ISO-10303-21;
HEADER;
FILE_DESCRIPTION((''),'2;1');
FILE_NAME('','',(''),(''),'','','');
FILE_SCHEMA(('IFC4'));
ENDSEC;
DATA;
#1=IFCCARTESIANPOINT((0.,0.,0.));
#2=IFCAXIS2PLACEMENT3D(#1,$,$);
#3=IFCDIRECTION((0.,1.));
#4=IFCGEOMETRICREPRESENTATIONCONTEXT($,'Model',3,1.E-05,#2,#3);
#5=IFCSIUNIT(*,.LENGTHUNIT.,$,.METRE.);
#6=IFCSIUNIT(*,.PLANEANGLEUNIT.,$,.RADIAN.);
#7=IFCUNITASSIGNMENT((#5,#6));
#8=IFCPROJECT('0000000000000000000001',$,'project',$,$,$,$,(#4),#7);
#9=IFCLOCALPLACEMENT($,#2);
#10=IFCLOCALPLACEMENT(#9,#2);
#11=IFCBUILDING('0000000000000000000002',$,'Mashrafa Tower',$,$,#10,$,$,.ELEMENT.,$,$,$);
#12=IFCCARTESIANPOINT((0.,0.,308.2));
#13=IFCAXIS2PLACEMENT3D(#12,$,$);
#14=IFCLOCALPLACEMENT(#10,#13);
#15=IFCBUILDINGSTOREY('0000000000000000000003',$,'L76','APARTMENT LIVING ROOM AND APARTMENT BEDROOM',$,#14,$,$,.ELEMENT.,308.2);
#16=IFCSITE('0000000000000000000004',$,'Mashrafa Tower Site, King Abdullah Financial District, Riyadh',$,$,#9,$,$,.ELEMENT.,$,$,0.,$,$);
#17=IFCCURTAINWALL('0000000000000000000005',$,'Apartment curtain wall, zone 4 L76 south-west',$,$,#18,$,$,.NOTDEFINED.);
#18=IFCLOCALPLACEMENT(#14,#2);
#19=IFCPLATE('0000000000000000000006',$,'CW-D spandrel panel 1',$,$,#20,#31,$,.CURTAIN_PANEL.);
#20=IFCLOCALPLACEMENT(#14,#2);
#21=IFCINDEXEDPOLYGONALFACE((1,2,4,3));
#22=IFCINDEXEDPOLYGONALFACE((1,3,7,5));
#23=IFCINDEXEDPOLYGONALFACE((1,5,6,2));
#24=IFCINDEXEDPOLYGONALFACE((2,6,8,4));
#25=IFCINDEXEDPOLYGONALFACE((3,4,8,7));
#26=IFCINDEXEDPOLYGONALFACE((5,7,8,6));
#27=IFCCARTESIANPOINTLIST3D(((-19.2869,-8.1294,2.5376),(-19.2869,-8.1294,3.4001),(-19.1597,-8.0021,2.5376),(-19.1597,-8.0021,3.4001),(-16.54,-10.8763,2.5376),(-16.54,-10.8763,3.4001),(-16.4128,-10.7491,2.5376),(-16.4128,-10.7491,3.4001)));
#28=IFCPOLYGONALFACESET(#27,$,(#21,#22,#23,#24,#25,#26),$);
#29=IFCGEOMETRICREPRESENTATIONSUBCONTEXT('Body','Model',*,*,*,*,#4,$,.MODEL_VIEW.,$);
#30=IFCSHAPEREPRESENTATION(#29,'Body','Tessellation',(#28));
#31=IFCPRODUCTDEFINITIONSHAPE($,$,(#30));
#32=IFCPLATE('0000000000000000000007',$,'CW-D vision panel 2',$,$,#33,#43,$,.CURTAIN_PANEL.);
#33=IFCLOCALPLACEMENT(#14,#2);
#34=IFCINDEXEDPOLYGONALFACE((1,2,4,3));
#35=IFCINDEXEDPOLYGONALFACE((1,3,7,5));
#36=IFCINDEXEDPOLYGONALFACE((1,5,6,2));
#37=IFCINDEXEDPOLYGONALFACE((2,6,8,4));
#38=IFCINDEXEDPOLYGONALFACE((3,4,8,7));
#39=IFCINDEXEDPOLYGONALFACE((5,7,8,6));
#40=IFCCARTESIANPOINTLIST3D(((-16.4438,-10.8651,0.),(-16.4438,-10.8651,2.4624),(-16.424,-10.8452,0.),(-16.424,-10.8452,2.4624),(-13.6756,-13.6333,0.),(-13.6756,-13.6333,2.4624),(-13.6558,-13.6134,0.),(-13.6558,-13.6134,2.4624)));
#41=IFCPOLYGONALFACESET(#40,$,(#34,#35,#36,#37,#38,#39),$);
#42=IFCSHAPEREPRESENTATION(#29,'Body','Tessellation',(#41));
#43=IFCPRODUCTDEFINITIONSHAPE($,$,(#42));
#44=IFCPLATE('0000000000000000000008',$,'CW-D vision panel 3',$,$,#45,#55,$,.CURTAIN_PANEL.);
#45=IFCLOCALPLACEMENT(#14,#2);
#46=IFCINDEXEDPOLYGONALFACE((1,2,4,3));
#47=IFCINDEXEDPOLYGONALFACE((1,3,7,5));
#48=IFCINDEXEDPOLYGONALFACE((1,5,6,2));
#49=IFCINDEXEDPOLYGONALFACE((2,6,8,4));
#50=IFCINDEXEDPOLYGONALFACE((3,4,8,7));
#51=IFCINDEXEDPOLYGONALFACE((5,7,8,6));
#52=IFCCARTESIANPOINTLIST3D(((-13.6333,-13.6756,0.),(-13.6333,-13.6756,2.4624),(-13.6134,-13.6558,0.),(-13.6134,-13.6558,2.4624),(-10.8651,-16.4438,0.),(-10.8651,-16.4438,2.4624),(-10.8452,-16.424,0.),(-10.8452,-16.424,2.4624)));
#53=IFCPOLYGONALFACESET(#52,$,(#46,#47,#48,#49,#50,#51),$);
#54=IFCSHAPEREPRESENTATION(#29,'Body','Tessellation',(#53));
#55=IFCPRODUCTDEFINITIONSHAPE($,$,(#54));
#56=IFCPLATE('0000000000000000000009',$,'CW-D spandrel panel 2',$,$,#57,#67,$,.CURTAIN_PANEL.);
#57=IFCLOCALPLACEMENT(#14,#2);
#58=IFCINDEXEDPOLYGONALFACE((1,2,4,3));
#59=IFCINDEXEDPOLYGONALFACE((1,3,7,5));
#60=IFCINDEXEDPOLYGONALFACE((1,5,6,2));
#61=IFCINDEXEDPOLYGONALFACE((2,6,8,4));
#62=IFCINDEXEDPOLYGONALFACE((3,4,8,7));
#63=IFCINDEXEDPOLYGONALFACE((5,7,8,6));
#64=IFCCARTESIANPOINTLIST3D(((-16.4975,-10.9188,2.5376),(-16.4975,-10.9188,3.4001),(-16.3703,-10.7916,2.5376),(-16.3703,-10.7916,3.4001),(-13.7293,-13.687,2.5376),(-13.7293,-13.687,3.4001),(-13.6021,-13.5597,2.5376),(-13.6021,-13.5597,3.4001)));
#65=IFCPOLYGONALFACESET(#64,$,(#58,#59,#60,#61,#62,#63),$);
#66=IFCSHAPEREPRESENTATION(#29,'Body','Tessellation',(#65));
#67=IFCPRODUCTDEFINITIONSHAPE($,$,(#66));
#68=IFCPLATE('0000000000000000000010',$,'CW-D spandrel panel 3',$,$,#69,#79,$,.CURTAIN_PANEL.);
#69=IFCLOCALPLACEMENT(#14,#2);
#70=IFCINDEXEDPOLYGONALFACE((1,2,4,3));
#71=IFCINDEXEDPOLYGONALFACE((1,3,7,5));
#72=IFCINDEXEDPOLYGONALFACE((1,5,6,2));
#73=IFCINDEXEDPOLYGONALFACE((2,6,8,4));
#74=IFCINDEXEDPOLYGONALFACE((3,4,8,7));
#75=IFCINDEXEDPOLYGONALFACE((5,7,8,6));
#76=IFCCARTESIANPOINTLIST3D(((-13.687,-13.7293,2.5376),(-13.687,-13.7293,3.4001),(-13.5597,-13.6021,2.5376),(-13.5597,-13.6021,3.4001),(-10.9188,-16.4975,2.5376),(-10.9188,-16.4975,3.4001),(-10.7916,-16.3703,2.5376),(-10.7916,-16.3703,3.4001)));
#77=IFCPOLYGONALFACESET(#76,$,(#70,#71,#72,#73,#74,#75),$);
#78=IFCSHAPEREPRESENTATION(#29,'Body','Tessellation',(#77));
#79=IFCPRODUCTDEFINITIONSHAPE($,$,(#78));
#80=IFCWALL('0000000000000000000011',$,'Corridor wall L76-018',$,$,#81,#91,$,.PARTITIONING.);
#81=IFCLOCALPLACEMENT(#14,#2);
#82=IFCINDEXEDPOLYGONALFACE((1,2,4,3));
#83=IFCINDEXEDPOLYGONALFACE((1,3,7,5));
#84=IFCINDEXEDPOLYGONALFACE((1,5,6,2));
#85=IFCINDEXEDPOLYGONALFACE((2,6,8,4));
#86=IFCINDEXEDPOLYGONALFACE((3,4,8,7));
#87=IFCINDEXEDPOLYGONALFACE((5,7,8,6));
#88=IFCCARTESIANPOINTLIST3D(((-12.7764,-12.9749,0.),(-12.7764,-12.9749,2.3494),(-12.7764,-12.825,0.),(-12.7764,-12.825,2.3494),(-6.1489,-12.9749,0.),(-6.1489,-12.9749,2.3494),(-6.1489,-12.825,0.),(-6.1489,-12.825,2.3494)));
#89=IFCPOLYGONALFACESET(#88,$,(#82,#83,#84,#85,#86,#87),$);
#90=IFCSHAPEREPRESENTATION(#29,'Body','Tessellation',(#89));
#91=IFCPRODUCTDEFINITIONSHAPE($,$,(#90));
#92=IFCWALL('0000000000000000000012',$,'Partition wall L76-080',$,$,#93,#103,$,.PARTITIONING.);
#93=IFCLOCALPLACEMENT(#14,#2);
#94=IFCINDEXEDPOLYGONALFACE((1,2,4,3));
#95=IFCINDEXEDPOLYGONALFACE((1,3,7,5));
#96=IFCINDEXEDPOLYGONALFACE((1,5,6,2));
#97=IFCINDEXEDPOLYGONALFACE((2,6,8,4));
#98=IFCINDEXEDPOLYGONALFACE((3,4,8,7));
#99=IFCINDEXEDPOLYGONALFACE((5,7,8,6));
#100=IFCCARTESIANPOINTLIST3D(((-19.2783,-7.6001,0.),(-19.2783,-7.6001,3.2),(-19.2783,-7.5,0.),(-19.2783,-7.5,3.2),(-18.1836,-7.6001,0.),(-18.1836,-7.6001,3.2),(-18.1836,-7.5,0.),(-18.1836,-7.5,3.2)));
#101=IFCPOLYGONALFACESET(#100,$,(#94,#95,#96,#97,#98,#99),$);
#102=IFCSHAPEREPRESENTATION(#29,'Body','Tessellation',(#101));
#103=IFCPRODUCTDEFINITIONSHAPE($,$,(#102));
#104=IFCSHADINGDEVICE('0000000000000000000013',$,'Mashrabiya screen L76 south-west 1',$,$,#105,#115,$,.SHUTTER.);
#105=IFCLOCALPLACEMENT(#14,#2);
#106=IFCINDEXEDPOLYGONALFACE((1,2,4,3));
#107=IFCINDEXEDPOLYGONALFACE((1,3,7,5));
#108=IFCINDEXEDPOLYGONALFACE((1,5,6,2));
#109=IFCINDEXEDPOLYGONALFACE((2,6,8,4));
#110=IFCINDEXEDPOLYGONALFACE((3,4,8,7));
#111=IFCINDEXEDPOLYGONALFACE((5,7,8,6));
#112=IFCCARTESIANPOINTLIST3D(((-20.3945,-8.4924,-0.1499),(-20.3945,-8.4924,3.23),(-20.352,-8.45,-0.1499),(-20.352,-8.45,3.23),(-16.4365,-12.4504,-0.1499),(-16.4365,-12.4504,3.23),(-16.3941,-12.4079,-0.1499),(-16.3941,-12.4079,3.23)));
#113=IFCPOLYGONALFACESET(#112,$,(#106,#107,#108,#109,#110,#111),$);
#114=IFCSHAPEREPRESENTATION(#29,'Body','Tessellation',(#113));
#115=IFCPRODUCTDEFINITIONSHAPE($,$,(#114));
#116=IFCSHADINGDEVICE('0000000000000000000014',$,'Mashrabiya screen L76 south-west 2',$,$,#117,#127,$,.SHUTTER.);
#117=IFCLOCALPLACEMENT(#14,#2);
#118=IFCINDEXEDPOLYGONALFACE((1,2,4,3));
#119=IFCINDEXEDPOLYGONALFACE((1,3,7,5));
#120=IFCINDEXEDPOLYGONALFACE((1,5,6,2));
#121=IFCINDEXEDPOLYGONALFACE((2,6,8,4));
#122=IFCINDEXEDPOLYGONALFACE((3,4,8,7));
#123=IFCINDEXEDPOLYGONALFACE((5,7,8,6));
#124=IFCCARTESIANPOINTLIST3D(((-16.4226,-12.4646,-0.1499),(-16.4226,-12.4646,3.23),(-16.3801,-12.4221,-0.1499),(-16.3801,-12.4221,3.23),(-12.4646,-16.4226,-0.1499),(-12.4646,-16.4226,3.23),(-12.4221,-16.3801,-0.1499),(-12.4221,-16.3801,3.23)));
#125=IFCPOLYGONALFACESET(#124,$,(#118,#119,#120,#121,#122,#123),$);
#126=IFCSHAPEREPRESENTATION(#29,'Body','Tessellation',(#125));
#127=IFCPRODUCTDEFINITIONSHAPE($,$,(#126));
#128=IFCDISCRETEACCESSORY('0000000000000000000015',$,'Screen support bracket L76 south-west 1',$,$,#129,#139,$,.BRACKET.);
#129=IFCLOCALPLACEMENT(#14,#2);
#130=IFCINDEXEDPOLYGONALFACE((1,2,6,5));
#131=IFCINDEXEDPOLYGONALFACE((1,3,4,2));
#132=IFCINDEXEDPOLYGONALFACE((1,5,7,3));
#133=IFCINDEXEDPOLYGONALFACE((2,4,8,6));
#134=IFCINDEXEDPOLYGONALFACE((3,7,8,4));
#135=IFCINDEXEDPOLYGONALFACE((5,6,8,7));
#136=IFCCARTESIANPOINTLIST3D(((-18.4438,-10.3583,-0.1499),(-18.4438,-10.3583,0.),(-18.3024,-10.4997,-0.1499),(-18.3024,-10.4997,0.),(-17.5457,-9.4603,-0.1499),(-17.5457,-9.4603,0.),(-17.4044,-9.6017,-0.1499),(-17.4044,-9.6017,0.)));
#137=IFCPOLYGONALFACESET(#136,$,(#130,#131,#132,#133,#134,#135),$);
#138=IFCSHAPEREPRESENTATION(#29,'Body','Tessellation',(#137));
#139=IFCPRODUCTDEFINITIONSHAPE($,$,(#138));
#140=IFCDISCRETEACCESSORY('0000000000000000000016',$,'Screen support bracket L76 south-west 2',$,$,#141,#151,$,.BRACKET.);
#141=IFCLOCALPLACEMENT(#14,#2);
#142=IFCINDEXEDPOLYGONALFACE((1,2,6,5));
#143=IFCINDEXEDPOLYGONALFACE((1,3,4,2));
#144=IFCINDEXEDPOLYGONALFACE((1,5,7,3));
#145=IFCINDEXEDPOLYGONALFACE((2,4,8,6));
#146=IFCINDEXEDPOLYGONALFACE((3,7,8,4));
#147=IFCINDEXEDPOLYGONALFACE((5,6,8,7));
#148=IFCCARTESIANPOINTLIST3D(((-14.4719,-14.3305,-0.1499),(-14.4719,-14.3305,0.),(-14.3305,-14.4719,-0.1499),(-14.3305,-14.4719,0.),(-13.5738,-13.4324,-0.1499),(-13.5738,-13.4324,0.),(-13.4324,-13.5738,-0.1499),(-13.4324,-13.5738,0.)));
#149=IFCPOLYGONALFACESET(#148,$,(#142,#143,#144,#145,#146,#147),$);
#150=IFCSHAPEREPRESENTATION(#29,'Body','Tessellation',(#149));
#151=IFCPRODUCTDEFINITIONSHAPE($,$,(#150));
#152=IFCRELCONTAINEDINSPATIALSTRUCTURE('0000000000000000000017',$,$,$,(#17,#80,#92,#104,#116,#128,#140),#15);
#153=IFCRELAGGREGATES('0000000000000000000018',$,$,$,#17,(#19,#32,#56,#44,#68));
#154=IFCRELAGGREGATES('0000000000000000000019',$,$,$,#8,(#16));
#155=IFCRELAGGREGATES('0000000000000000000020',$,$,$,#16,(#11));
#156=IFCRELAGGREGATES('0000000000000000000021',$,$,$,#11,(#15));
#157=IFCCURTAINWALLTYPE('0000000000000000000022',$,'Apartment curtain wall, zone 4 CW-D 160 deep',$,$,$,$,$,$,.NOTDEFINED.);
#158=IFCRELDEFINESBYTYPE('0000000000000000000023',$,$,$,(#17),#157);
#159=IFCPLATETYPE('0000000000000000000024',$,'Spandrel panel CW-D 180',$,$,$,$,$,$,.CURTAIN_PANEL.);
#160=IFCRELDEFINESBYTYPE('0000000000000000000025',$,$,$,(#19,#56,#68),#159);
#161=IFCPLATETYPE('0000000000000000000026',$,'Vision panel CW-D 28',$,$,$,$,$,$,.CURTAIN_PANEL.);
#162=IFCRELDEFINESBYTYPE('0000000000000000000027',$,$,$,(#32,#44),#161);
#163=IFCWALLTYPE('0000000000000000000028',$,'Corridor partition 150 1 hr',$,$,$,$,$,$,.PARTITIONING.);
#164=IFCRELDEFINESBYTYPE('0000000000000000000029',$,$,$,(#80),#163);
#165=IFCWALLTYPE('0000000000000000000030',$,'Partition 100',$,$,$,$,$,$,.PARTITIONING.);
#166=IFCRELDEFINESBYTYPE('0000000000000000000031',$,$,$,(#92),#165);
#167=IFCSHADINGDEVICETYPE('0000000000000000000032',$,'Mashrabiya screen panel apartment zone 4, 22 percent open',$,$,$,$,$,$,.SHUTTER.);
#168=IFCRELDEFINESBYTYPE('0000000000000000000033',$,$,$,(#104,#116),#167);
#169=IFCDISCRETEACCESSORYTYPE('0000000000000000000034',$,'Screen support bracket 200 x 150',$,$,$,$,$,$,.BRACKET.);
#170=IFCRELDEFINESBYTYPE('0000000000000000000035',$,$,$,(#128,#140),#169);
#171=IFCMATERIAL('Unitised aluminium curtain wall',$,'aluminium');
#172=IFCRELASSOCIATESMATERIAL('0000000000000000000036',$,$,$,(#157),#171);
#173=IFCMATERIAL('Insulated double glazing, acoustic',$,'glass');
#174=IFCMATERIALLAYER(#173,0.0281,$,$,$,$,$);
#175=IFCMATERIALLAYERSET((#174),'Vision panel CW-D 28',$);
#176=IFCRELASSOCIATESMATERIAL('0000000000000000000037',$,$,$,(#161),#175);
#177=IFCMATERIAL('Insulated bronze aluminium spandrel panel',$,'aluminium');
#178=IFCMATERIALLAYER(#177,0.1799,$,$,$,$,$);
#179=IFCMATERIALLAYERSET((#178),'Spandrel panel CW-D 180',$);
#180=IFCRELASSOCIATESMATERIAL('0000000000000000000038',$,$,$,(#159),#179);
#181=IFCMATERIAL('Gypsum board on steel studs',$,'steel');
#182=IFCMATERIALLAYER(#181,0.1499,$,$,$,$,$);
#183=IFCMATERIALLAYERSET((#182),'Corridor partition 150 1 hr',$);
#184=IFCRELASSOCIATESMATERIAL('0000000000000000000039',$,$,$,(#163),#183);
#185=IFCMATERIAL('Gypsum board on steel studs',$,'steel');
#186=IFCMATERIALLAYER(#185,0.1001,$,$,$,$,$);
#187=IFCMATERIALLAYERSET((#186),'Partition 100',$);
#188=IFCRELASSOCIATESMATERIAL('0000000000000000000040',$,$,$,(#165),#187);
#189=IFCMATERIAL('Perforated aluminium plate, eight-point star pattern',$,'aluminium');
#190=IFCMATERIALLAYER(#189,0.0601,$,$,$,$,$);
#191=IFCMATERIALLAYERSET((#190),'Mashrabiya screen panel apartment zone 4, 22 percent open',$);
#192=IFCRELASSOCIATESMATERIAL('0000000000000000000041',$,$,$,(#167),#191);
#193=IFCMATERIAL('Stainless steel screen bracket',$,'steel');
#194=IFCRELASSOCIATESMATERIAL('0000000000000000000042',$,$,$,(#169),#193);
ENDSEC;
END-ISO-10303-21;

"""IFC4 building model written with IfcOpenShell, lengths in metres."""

from ifc_helpers import new_model, si_unit, direction, frame, frame_2d, origin, origin_2d, place, context, subcontext, project, spatial, rectangle, extrude, source, transform, mapped, material, layer, layer_set, type_object, type_shapes, element, aggregate, save


model = new_model("IFC4")

# Units and contexts
model_context = context("Model", 3, precision=1e-05, world=origin(), true_north=direction((0.0, 1.0)))
body_context = subcontext(model_context, "Body", "Model", "MODEL_VIEW")
ifc_project = project(units=[si_unit("LENGTHUNIT", "METRE"), si_unit("PLANEANGLEUNIT", "RADIAN")], contexts=[model_context])

# Site, building, storey
site_placement = place(None, origin())
site = spatial("IfcSite", under=ifc_project, at=site_placement, Name="Mashrafa Tower Site, King Abdullah Financial District, Riyadh", CompositionType="ELEMENT", RefElevation=0.0)
building_placement = place(site_placement, origin())
building = spatial("IfcBuilding", under=site, at=building_placement, Name="Mashrafa Tower", CompositionType="ELEMENT")
storey_placement = place(building_placement, frame((0.0, 0.0, 308.2)))
storey = spatial("IfcBuildingStorey", under=building, at=storey_placement, Name="L76", Description="APARTMENT LIVING ROOM AND APARTMENT BEDROOM", CompositionType="ELEMENT", Elevation=308.2)

# Shared definitions
ifc_material_1 = material(Name="Unitised aluminium curtain wall", Category="aluminium")
curtain_wall_type = type_object("IfcCurtainWallType", Name="Apartment curtain wall, zone 4 CW-D 160 deep", PredefinedType="NOTDEFINED", material=ifc_material_1)

# Curtain wall, plates
curtain_wall_1_placement = place(storey_placement, origin())
curtain_wall_1 = element("IfcCurtainWall", 1, at=curtain_wall_1_placement, inside=storey, type_object=curtain_wall_type, Name="Apartment curtain wall, zone 4 L76 south-west", PredefinedType="NOTDEFINED")
ifc_material_2 = material(Name="Insulated double glazing, acoustic", Category="glass")
ifc_layer_1 = layer(ifc_material_2, 0.0281)
ifc_layer_set_1 = layer_set([ifc_layer_1], Name="Vision panel CW-D 28")
plate_type_1 = type_object("IfcPlateType", Name="Vision panel CW-D 28", PredefinedType="CURTAIN_PANEL", material=ifc_layer_set_1)
ifc_material_3 = material(Name="Insulated bronze aluminium spandrel panel", Category="aluminium")
ifc_layer_2 = layer(ifc_material_3, 0.1799)
ifc_layer_set_2 = layer_set([ifc_layer_2], Name="Spandrel panel CW-D 180")
plate_type_2 = type_object("IfcPlateType", Name="Spandrel panel CW-D 180", PredefinedType="CURTAIN_PANEL", material=ifc_layer_set_2)
shared_shape_1 = source(origin(), body_context, "Body", "SweptSolid", [
    extrude(rectangle(XDim=3.8848, YDim=0.1799, at=origin_2d()), origin(), (0.0, 0.0, 1.0), 0.8625),
])
plate_1_placement = place(storey_placement, frame((-17.8499, -9.4392, 2.5376), z_axis=(0.0, 0.0, 1.0), x_axis=(0.707107, -0.707107, 0.0)))
plate_1 = element("IfcPlate", 2, at=plate_1_placement, type_object=plate_type_2, Name="CW-D spandrel panel 1", PredefinedType="CURTAIN_PANEL", context=body_context, shape_type="MappedRepresentation", body=[
    mapped(shared_shape_1, transform((0.0, 0.0, 0.0))),
])
shared_shape_2 = source(origin(), body_context, "Body", "SweptSolid", [
    extrude(rectangle(XDim=3.9148, YDim=0.0281, at=origin_2d()), origin(), (0.0, 0.0, 1.0), 2.4624),
])
plate_2_placement = place(storey_placement, frame((-15.0498, -12.2393, 0.0), z_axis=(0.0, 0.0, 1.0), x_axis=(0.707107, -0.707107, 0.0)))
plate_2 = element("IfcPlate", 3, at=plate_2_placement, type_object=plate_type_1, Name="CW-D vision panel 2", PredefinedType="CURTAIN_PANEL", context=body_context, shape_type="MappedRepresentation", body=[
    mapped(shared_shape_2, transform((0.0, 0.0, 0.0))),
])
plate_3_placement = place(storey_placement, frame((-12.2393, -15.0498, 0.0), z_axis=(0.0, 0.0, 1.0), x_axis=(0.707107, -0.707107, 0.0)))
plate_3 = element("IfcPlate", 4, at=plate_3_placement, type_object=plate_type_1, Name="CW-D vision panel 3", PredefinedType="CURTAIN_PANEL", context=body_context, shape_type="MappedRepresentation", body=[
    mapped(shared_shape_2, transform((0.0, 0.0, 0.0))),
])
shared_shape_3 = source(origin(), body_context, "Body", "SweptSolid", [
    extrude(rectangle(XDim=3.9148, YDim=0.1799, at=origin_2d()), origin(), (0.0, 0.0, 1.0), 0.8625),
])
type_shapes(plate_type_2, [shared_shape_1, shared_shape_3])
plate_4_placement = place(storey_placement, frame((-15.0498, -12.2393, 2.5376), z_axis=(0.0, 0.0, 1.0), x_axis=(0.707107, -0.707107, 0.0)))
plate_4 = element("IfcPlate", 5, at=plate_4_placement, type_object=plate_type_2, Name="CW-D spandrel panel 2", PredefinedType="CURTAIN_PANEL", context=body_context, shape_type="MappedRepresentation", body=[
    mapped(shared_shape_3, transform((0.0, 0.0, 0.0))),
])
plate_5_placement = place(storey_placement, frame((-12.2393, -15.0498, 2.5376), z_axis=(0.0, 0.0, 1.0), x_axis=(0.707107, -0.707107, 0.0)))
plate_5 = element("IfcPlate", 6, at=plate_5_placement, type_object=plate_type_2, Name="CW-D spandrel panel 3", PredefinedType="CURTAIN_PANEL", context=body_context, shape_type="MappedRepresentation", body=[
    mapped(shared_shape_3, transform((0.0, 0.0, 0.0))),
])
aggregate(curtain_wall_1, [plate_1, plate_2, plate_4, plate_3, plate_5])

# Walls
ifc_material_4 = material(Name="Gypsum board on steel studs", Category="steel")
ifc_layer_3 = layer(ifc_material_4, 0.1499)
ifc_layer_set_3 = layer_set([ifc_layer_3], Name="Corridor partition 150 1 hr")
wall_type_1 = type_object("IfcWallType", Name="Corridor partition 150 1 hr", PredefinedType="PARTITIONING", material=ifc_layer_set_3)
wall_1_placement = place(storey_placement, frame((-12.7764, -12.8999, 0.0), z_axis=(0.0, 0.0, 1.0), x_axis=(1.0, 0.0, 0.0)))
element("IfcWall", 7, at=wall_1_placement, inside=storey, type_object=wall_type_1, Name="Corridor wall L76-018", PredefinedType="PARTITIONING", context=body_context, shape_type="SweptSolid", body=[
    extrude(rectangle(XDim=6.6274, YDim=0.1499, at=frame_2d((3.3137, 0.0))), origin(), (0.0, 0.0, 1.0), 2.3494),
])
ifc_material_5 = material(Name="Gypsum board on steel studs", Category="steel")
ifc_layer_4 = layer(ifc_material_5, 0.1001)
ifc_layer_set_4 = layer_set([ifc_layer_4], Name="Partition 100")
wall_type_2 = type_object("IfcWallType", Name="Partition 100", PredefinedType="PARTITIONING", material=ifc_layer_set_4)
wall_2_placement = place(storey_placement, frame((-19.2783, -7.55, 0.0), z_axis=(0.0, 0.0, 1.0), x_axis=(1.0, 0.0, 0.0)))
element("IfcWall", 8, at=wall_2_placement, inside=storey, type_object=wall_type_2, Name="Partition wall L76-080", PredefinedType="PARTITIONING", context=body_context, shape_type="SweptSolid", body=[
    extrude(rectangle(XDim=1.0947, YDim=0.1001, at=frame_2d((0.5474, 0.0))), origin(), (0.0, 0.0, 1.0), 3.2),
])

# Shading devices
ifc_material_6 = material(Name="Perforated aluminium plate, eight-point star pattern", Category="aluminium")
ifc_layer_5 = layer(ifc_material_6, 0.0601)
ifc_layer_set_5 = layer_set([ifc_layer_5], Name="Mashrabiya screen panel apartment zone 4, 22 percent open")
shading_device_type = type_object("IfcShadingDeviceType", Name="Mashrabiya screen panel apartment zone 4, 22 percent open", PredefinedType="SHUTTER", material=ifc_layer_set_5)
shared_shape_4 = source(origin(), body_context, "Body", "SweptSolid", [
    extrude(rectangle(XDim=5.5974, YDim=0.0601, at=origin_2d()), origin(), (0.0, 0.0, 1.0), 3.3799),
])
type_shapes(shading_device_type, [shared_shape_4])
for number, where, z_axis, x_axis, name in (
    (9, (-18.3943, -10.4502, -0.1499), (0.0, 0.0, 1.0), (0.707107, -0.707107, 0.0), "Mashrabiya screen L76 south-west 1"),
    (10, (-14.4224, -14.4224, -0.1499), (0.0, 0.0, 1.0), (0.707107, -0.707107, 0.0), "Mashrabiya screen L76 south-west 2"),
):
    element("IfcShadingDevice", number, at=place(storey_placement, frame(where, z_axis=z_axis, x_axis=x_axis)), inside=storey, type_object=shading_device_type, Name=name, PredefinedType="SHUTTER", context=body_context, shape_type="MappedRepresentation", body=[
        mapped(shared_shape_4, transform((0.0, 0.0, 0.0))),
    ])

# Discrete accessories
ifc_material_7 = material(Name="Stainless steel screen bracket", Category="steel")
discrete_accessory_type = type_object("IfcDiscreteAccessoryType", Name="Screen support bracket 200 x 150", PredefinedType="BRACKET", material=ifc_material_7)
shared_shape_5 = source(origin(), body_context, "Body", "SweptSolid", [
    extrude(rectangle(XDim=0.2, YDim=1.27, at=origin_2d()), origin(), (0.0, 0.0, 1.0), 0.1499),
])
type_shapes(discrete_accessory_type, [shared_shape_5])
for number, where, z_axis, x_axis, name in (
    (11, (-17.9241, -9.98, -0.1499), (0.0, 0.0, 1.0), (0.707107, -0.707107, 0.0), "Screen support bracket L76 south-west 1"),
    (12, (-13.9521, -13.9521, -0.1499), (0.0, 0.0, 1.0), (0.707107, -0.707107, 0.0), "Screen support bracket L76 south-west 2"),
):
    element("IfcDiscreteAccessory", number, at=place(storey_placement, frame(where, z_axis=z_axis, x_axis=x_axis)), inside=storey, type_object=discrete_accessory_type, Name=name, PredefinedType="BRACKET", context=body_context, shape_type="MappedRepresentation", body=[
        mapped(shared_shape_5, transform((0.0, 0.0, 0.0))),
    ])

save(model, "model.ifc")
